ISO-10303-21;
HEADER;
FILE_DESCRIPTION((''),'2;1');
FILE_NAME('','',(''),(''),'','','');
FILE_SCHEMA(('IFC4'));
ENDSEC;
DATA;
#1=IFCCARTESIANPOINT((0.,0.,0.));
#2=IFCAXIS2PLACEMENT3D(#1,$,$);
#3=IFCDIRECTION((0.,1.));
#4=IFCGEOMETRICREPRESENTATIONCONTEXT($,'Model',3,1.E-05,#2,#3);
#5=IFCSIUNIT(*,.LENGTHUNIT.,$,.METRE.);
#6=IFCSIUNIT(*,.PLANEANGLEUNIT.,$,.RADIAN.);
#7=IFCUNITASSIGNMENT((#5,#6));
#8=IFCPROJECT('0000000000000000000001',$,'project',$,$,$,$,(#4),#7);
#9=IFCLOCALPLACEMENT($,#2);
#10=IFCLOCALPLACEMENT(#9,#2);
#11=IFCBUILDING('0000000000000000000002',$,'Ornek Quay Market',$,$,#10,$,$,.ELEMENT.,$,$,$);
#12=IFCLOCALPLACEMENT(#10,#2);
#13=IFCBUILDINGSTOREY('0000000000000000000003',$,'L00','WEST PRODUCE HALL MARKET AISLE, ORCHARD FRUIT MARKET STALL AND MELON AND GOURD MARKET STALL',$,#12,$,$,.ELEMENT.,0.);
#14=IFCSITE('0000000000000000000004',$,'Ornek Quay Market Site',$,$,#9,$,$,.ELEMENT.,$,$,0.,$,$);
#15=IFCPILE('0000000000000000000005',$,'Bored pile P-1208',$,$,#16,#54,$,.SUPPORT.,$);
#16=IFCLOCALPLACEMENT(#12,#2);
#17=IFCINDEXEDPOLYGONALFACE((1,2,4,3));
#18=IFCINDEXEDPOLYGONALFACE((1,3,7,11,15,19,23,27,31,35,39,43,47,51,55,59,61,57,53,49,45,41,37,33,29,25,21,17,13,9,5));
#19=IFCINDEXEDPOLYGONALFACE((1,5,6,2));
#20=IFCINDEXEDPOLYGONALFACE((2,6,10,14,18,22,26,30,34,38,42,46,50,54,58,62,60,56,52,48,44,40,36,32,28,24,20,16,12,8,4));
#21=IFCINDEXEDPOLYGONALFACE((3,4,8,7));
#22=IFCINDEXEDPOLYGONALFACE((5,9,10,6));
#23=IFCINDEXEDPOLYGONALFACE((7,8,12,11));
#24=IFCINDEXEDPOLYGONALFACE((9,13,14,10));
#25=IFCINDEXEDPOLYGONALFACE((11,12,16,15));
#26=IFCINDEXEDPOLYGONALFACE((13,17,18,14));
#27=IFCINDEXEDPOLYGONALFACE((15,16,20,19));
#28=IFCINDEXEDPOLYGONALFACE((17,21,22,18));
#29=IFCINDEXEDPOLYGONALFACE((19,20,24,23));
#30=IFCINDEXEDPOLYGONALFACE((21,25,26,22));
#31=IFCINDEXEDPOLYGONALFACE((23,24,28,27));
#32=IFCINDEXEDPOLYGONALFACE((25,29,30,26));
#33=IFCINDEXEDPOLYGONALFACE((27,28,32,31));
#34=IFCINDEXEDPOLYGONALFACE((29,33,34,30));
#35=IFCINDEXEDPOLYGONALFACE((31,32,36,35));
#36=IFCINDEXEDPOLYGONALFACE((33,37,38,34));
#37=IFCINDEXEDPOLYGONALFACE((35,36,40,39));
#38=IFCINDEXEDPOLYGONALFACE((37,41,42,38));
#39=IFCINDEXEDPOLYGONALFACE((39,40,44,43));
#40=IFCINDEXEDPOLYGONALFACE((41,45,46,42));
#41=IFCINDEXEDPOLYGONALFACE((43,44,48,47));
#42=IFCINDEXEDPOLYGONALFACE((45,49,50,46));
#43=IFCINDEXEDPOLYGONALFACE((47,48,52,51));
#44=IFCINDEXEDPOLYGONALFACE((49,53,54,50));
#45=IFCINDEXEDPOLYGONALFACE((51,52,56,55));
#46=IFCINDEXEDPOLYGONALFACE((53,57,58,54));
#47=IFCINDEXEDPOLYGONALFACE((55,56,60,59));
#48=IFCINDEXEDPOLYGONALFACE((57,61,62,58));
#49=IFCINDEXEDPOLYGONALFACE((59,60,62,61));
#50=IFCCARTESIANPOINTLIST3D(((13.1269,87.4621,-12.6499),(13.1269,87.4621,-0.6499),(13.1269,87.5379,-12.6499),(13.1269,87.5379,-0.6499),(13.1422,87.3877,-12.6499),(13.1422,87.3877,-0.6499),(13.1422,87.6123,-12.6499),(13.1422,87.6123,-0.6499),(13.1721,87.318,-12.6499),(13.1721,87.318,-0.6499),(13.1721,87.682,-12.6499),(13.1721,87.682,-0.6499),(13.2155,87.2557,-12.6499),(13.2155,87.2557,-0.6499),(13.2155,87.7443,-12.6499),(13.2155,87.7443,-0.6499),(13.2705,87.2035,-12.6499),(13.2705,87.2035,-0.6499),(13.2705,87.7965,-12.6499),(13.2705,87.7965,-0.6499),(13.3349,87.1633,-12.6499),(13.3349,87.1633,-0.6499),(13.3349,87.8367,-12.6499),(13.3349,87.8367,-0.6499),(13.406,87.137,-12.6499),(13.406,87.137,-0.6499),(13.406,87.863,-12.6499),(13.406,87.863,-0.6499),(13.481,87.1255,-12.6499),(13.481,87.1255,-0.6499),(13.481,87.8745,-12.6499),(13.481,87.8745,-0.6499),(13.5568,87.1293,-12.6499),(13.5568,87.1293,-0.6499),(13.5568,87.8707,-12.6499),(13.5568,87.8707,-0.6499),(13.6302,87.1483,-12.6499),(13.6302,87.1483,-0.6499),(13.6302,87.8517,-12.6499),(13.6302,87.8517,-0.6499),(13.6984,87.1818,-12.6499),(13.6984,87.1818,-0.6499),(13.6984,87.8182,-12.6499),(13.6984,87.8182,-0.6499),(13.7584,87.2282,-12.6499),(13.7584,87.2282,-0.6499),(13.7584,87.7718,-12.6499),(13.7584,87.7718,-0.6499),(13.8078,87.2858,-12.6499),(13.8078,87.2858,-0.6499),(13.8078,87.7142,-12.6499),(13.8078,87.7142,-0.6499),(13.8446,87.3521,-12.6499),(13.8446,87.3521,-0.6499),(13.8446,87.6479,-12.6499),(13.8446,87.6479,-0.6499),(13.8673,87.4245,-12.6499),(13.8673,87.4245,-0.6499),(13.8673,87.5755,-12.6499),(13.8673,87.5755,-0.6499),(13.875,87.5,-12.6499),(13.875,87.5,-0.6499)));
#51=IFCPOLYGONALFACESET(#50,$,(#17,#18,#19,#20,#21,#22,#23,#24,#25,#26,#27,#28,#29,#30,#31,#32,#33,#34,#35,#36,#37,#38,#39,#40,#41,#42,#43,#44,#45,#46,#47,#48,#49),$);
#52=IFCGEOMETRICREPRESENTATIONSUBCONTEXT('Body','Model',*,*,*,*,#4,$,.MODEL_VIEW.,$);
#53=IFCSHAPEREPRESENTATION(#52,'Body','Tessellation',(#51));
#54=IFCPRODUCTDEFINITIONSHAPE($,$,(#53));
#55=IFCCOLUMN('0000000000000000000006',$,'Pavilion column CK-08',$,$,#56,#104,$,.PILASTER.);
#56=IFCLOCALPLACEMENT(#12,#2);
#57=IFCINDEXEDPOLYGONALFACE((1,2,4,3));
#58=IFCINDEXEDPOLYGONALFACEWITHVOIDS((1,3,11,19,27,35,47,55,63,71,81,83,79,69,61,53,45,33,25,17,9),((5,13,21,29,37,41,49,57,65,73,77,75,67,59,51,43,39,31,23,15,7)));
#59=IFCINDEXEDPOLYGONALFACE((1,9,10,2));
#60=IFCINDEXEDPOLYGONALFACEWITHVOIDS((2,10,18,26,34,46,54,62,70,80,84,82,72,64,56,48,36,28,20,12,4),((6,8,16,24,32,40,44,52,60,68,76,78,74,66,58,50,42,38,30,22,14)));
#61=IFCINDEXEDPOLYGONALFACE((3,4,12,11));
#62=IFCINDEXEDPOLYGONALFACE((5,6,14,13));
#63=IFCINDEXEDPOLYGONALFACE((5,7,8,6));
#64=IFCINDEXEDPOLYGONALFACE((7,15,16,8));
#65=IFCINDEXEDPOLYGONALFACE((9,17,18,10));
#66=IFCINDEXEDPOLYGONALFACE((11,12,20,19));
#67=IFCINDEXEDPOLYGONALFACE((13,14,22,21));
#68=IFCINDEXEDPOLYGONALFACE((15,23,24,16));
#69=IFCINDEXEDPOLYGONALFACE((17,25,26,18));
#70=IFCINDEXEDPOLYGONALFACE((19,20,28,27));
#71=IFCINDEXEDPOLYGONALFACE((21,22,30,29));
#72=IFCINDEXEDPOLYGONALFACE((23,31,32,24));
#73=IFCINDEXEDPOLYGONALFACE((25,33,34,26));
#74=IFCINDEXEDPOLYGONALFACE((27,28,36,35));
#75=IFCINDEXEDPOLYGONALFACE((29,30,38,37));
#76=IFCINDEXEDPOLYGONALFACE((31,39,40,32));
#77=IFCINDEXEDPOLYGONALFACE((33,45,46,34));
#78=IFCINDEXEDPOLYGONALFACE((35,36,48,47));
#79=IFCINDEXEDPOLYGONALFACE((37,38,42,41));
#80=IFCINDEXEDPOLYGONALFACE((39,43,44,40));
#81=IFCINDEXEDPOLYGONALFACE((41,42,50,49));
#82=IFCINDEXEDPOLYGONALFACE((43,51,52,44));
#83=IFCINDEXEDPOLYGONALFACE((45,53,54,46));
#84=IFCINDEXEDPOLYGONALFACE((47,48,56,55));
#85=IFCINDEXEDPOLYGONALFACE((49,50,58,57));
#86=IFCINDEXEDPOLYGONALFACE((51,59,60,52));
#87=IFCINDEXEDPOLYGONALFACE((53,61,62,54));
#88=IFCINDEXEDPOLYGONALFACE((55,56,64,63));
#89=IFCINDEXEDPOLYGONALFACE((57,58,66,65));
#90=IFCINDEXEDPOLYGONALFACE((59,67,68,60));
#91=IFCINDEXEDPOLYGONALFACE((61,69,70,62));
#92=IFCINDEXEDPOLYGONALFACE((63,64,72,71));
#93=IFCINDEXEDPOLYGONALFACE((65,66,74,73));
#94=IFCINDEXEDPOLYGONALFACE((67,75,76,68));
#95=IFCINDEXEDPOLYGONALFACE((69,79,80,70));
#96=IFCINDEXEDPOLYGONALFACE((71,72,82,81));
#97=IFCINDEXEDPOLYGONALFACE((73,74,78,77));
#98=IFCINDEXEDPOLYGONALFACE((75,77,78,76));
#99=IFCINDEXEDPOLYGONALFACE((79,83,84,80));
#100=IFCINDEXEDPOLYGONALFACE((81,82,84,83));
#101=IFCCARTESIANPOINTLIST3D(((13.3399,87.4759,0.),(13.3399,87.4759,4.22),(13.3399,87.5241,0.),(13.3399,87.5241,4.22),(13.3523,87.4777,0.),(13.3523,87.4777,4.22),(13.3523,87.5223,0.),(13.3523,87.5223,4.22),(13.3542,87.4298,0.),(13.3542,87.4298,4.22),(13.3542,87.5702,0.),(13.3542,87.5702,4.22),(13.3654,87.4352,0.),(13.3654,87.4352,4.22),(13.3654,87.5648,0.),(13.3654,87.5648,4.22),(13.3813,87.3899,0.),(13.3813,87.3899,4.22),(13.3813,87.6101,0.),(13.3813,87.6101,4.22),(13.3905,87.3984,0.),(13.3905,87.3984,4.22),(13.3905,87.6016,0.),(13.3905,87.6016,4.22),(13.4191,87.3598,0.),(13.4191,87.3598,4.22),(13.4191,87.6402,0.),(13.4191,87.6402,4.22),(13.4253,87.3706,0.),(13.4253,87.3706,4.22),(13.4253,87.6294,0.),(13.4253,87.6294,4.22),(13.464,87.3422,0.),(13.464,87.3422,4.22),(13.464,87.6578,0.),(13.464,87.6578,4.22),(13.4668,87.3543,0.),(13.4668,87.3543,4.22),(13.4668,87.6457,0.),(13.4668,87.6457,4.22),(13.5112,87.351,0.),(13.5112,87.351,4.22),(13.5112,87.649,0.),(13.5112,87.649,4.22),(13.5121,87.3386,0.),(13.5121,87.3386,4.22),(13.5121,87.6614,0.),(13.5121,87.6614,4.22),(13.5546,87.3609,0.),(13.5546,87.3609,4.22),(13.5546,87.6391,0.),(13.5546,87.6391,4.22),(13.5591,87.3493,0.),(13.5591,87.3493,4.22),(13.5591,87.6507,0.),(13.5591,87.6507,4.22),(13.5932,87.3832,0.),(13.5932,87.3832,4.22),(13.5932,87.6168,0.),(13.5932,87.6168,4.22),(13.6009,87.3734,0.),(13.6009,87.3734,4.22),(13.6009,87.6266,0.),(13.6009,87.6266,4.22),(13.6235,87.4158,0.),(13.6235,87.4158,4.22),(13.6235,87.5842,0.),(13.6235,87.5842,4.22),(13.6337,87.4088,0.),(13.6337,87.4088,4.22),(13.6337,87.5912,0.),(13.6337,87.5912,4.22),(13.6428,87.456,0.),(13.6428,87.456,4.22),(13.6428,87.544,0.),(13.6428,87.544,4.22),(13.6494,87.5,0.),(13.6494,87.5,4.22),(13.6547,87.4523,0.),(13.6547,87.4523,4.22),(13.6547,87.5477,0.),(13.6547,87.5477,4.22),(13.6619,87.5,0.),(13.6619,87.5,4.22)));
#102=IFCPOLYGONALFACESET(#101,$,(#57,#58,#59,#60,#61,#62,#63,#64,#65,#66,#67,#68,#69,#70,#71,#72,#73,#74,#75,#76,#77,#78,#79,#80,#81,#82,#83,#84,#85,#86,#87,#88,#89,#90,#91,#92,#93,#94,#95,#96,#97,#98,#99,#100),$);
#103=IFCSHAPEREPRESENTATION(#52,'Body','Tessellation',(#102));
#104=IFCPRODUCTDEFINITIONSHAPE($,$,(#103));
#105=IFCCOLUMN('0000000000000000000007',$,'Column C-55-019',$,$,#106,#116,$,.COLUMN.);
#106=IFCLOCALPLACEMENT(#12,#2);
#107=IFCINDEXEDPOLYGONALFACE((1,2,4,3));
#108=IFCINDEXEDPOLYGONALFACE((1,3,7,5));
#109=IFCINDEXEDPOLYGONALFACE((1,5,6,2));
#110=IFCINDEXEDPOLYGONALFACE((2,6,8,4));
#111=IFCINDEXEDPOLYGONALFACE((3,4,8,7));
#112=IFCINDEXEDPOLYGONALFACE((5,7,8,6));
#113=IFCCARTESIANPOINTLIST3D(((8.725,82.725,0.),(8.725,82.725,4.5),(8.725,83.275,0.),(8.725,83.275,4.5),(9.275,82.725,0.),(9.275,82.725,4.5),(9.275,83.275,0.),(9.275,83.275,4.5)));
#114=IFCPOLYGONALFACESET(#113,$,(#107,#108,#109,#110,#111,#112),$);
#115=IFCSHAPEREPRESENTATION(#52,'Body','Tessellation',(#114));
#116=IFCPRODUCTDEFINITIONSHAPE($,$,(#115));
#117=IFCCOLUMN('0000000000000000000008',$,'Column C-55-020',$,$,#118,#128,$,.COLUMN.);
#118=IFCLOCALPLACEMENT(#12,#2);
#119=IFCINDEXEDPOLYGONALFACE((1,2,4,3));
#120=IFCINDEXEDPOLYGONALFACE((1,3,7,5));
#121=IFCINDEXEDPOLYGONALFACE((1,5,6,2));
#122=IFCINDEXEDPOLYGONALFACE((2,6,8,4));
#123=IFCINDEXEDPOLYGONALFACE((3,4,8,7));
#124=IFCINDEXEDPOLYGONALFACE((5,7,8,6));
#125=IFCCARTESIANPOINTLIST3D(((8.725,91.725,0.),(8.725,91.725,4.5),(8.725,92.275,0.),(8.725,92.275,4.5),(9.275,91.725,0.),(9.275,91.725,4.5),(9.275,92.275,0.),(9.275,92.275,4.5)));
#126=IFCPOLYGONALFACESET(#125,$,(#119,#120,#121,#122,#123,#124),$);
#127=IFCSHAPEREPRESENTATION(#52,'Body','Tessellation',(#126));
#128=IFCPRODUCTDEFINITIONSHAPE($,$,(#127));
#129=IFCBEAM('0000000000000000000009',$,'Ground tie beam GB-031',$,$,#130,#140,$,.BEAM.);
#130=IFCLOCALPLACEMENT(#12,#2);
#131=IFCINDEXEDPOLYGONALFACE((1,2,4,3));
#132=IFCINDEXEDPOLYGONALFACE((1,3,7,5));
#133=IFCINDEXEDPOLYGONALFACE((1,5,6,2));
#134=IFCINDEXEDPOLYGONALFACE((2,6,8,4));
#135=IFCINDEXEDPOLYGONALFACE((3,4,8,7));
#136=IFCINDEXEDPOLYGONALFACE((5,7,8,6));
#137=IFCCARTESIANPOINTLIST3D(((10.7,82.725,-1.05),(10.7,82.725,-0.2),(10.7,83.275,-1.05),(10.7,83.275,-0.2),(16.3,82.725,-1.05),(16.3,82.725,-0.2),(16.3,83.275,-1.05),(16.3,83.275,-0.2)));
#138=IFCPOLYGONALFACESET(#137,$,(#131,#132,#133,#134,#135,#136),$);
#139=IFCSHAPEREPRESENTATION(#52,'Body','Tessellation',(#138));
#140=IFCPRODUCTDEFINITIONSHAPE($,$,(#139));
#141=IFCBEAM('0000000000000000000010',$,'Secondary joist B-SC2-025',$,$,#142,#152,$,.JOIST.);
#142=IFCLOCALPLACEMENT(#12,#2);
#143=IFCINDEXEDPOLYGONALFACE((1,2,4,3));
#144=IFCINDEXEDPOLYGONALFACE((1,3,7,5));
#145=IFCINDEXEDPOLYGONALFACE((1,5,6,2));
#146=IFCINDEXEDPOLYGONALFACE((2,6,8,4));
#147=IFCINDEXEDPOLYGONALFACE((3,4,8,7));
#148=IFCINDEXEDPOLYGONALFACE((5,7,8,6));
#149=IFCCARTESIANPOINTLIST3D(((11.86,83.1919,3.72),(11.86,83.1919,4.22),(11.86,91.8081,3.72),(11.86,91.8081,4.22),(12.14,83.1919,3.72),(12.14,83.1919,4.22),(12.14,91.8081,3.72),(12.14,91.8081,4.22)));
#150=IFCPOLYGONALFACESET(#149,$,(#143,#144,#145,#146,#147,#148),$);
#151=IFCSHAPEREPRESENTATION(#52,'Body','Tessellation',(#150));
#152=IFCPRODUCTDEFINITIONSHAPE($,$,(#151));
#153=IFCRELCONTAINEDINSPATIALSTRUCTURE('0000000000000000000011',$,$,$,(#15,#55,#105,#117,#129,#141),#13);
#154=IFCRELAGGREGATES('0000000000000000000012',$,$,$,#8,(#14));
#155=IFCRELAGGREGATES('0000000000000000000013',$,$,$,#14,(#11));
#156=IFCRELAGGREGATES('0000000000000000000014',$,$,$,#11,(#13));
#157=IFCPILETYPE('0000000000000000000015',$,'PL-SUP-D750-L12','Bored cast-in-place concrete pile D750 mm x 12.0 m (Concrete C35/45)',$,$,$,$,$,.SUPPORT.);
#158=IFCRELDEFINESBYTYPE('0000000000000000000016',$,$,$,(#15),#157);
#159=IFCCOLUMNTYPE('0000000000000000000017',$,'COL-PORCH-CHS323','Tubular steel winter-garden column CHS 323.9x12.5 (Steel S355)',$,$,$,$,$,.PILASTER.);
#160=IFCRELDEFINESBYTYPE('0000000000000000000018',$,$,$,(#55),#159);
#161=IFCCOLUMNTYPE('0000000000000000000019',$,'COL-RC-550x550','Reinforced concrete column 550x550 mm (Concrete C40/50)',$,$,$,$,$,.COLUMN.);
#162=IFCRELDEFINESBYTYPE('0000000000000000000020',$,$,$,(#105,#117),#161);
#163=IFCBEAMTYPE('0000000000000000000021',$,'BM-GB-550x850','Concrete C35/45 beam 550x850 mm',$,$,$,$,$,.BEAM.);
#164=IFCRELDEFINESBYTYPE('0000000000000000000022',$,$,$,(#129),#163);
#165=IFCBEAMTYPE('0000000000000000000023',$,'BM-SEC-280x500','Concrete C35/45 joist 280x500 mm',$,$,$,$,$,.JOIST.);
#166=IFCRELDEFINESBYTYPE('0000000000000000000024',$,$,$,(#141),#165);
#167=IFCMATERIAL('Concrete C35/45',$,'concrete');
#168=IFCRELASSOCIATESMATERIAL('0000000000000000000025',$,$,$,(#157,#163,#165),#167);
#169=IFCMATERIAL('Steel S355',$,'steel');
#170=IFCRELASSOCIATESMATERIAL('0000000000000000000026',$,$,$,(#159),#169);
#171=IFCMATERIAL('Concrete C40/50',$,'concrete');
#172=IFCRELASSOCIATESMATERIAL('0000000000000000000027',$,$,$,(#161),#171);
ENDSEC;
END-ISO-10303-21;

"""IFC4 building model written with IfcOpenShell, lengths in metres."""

from ifc_helpers import new_model, si_unit, direction, frame, origin, origin_2d, place, context, subcontext, project, spatial, rectangle, circle, hollow_circle, extrude, material, material_profile, profile_set, type_object, element, save


model = new_model("IFC4")

# Units and contexts
model_context = context("Model", 3, precision=1e-05, world=origin(), true_north=direction((0.0, 1.0)))
body_context = subcontext(model_context, "Body", "Model", "MODEL_VIEW")
ifc_project = project(units=[si_unit("LENGTHUNIT", "METRE"), si_unit("PLANEANGLEUNIT", "RADIAN")], contexts=[model_context])

# Site, building, storey
site_placement = place(None, origin())
site = spatial("IfcSite", under=ifc_project, at=site_placement, Name="Ornek Quay Market Site", CompositionType="ELEMENT", RefElevation=0.0)
building_placement = place(site_placement, origin())
building = spatial("IfcBuilding", under=site, at=building_placement, Name="Ornek Quay Market", CompositionType="ELEMENT")
storey_placement = place(building_placement, origin())
storey = spatial("IfcBuildingStorey", under=building, at=storey_placement, Name="L00", Description="WEST PRODUCE HALL MARKET AISLE, ORCHARD FRUIT MARKET STALL AND MELON AND GOURD MARKET STALL", CompositionType="ELEMENT", Elevation=0.0)

# Pile
ifc_material_1 = material(Name="Concrete C35/45", Category="concrete")
ifc_material_profile_1 = material_profile(ifc_material_1, circle(Radius=0.375, at=origin_2d()), Name="PILE D750", Category="concrete")
ifc_profile_set_1 = profile_set([ifc_material_profile_1], Name="Concrete C35/45")
pile_type_1 = type_object("IfcPileType", Name="PL-SUP-D750-L12", Description="Bored cast-in-place concrete pile D750 mm x 12.0 m (Concrete C35/45)", PredefinedType="SUPPORT", material=ifc_profile_set_1)
pile_placement = place(storey_placement, frame((13.5, 87.5, -0.6499), z_axis=(0.0, 0.0, -1.0), x_axis=(1.0, 0.0, 0.0)))
element("IfcPile", 1, at=pile_placement, inside=storey, type_object=pile_type_1, Name="Bored pile P-1208", PredefinedType="SUPPORT", context=body_context, shape_type="SweptSolid", body=[
    extrude(circle(Radius=0.375, at=origin_2d()), origin(), (0.0, 0.0, 1.0), 12.0),
])

# Columns
ifc_material_2 = material(Name="Steel S355", Category="steel")
ifc_material_profile_2 = material_profile(ifc_material_2, hollow_circle(Radius=0.1619, WallThickness=0.0125, at=origin_2d()), Name="CHS 323.9x12.5", Category="steel")
ifc_profile_set_2 = profile_set([ifc_material_profile_2], Name="Steel S355")
column_type_1 = type_object("IfcColumnType", Name="COL-PORCH-CHS323", Description="Tubular steel winter-garden column CHS 323.9x12.5 (Steel S355)", PredefinedType="PILASTER", material=ifc_profile_set_2)
column_placement = place(storey_placement, frame((13.5, 87.5, 0.0), z_axis=(0.0, 0.0, 1.0), x_axis=(1.0, 0.0, 0.0)))
element("IfcColumn", 2, at=column_placement, inside=storey, type_object=column_type_1, Name="Pavilion column CK-08", PredefinedType="PILASTER", context=body_context, shape_type="SweptSolid", body=[
    extrude(hollow_circle(Radius=0.1619, WallThickness=0.0125, at=origin_2d()), origin(), (0.0, 0.0, 1.0), 4.22),
])
ifc_material_3 = material(Name="Concrete C40/50", Category="concrete")
ifc_material_profile_3 = material_profile(ifc_material_3, rectangle(XDim=0.55, YDim=0.55, at=origin_2d()), Name="RC 550x550", Category="concrete")
ifc_profile_set_3 = profile_set([ifc_material_profile_3], Name="Concrete C40/50")
column_type_2 = type_object("IfcColumnType", Name="COL-RC-550x550", Description="Reinforced concrete column 550x550 mm (Concrete C40/50)", PredefinedType="COLUMN", material=ifc_profile_set_3)
for number, where, z_axis, x_axis, name in (
    (3, (9.0, 83.0, 0.0), (0.0, 0.0, 1.0), (1.0, 0.0, 0.0), "Column C-55-019"),
    (4, (9.0, 92.0, 0.0), (0.0, 0.0, 1.0), (1.0, 0.0, 0.0), "Column C-55-020"),
):
    element("IfcColumn", number, at=place(storey_placement, frame(where, z_axis=z_axis, x_axis=x_axis)), inside=storey, type_object=column_type_2, Name=name, PredefinedType="COLUMN", context=body_context, shape_type="SweptSolid", body=[
        extrude(rectangle(XDim=0.55, YDim=0.55, at=origin_2d()), origin(), (0.0, 0.0, 1.0), 4.5),
    ])

# Beams
ifc_material_profile_4 = material_profile(ifc_material_1, rectangle(XDim=0.55, YDim=0.8501, at=origin_2d()), Name="RC 550x850", Category="concrete")
ifc_profile_set_4 = profile_set([ifc_material_profile_4], Name="Concrete C35/45")
beam_type_1 = type_object("IfcBeamType", Name="BM-GB-550x850", Description="Concrete C35/45 beam 550x850 mm", PredefinedType="BEAM", material=ifc_profile_set_4)
beam_1_placement = place(storey_placement, frame((10.7, 83.0, -0.625), z_axis=(1.0, 0.0, 0.0), x_axis=(0.0, 1.0, 0.0)))
element("IfcBeam", 5, at=beam_1_placement, inside=storey, type_object=beam_type_1, Name="Ground tie beam GB-031", PredefinedType="BEAM", context=body_context, shape_type="SweptSolid", body=[
    extrude(rectangle(XDim=0.55, YDim=0.8501, at=origin_2d()), origin(), (0.0, 0.0, 1.0), 5.6001),
])
ifc_material_profile_5 = material_profile(ifc_material_1, rectangle(XDim=0.28, YDim=0.5, at=origin_2d()), Name="RC 280x500", Category="concrete")
ifc_profile_set_5 = profile_set([ifc_material_profile_5], Name="Concrete C35/45")
beam_type_2 = type_object("IfcBeamType", Name="BM-SEC-280x500", Description="Concrete C35/45 joist 280x500 mm", PredefinedType="JOIST", material=ifc_profile_set_5)
beam_2_placement = place(storey_placement, frame((12.0, 83.1919, 3.97), z_axis=(0.0, 1.0, 0.0), x_axis=(-1.0, 0.0, 0.0)))
element("IfcBeam", 6, at=beam_2_placement, inside=storey, type_object=beam_type_2, Name="Secondary joist B-SC2-025", PredefinedType="JOIST", context=body_context, shape_type="SweptSolid", body=[
    extrude(rectangle(XDim=0.28, YDim=0.5, at=origin_2d()), origin(), (0.0, 0.0, 1.0), 8.6162),
])

save(model, "model.ifc")
